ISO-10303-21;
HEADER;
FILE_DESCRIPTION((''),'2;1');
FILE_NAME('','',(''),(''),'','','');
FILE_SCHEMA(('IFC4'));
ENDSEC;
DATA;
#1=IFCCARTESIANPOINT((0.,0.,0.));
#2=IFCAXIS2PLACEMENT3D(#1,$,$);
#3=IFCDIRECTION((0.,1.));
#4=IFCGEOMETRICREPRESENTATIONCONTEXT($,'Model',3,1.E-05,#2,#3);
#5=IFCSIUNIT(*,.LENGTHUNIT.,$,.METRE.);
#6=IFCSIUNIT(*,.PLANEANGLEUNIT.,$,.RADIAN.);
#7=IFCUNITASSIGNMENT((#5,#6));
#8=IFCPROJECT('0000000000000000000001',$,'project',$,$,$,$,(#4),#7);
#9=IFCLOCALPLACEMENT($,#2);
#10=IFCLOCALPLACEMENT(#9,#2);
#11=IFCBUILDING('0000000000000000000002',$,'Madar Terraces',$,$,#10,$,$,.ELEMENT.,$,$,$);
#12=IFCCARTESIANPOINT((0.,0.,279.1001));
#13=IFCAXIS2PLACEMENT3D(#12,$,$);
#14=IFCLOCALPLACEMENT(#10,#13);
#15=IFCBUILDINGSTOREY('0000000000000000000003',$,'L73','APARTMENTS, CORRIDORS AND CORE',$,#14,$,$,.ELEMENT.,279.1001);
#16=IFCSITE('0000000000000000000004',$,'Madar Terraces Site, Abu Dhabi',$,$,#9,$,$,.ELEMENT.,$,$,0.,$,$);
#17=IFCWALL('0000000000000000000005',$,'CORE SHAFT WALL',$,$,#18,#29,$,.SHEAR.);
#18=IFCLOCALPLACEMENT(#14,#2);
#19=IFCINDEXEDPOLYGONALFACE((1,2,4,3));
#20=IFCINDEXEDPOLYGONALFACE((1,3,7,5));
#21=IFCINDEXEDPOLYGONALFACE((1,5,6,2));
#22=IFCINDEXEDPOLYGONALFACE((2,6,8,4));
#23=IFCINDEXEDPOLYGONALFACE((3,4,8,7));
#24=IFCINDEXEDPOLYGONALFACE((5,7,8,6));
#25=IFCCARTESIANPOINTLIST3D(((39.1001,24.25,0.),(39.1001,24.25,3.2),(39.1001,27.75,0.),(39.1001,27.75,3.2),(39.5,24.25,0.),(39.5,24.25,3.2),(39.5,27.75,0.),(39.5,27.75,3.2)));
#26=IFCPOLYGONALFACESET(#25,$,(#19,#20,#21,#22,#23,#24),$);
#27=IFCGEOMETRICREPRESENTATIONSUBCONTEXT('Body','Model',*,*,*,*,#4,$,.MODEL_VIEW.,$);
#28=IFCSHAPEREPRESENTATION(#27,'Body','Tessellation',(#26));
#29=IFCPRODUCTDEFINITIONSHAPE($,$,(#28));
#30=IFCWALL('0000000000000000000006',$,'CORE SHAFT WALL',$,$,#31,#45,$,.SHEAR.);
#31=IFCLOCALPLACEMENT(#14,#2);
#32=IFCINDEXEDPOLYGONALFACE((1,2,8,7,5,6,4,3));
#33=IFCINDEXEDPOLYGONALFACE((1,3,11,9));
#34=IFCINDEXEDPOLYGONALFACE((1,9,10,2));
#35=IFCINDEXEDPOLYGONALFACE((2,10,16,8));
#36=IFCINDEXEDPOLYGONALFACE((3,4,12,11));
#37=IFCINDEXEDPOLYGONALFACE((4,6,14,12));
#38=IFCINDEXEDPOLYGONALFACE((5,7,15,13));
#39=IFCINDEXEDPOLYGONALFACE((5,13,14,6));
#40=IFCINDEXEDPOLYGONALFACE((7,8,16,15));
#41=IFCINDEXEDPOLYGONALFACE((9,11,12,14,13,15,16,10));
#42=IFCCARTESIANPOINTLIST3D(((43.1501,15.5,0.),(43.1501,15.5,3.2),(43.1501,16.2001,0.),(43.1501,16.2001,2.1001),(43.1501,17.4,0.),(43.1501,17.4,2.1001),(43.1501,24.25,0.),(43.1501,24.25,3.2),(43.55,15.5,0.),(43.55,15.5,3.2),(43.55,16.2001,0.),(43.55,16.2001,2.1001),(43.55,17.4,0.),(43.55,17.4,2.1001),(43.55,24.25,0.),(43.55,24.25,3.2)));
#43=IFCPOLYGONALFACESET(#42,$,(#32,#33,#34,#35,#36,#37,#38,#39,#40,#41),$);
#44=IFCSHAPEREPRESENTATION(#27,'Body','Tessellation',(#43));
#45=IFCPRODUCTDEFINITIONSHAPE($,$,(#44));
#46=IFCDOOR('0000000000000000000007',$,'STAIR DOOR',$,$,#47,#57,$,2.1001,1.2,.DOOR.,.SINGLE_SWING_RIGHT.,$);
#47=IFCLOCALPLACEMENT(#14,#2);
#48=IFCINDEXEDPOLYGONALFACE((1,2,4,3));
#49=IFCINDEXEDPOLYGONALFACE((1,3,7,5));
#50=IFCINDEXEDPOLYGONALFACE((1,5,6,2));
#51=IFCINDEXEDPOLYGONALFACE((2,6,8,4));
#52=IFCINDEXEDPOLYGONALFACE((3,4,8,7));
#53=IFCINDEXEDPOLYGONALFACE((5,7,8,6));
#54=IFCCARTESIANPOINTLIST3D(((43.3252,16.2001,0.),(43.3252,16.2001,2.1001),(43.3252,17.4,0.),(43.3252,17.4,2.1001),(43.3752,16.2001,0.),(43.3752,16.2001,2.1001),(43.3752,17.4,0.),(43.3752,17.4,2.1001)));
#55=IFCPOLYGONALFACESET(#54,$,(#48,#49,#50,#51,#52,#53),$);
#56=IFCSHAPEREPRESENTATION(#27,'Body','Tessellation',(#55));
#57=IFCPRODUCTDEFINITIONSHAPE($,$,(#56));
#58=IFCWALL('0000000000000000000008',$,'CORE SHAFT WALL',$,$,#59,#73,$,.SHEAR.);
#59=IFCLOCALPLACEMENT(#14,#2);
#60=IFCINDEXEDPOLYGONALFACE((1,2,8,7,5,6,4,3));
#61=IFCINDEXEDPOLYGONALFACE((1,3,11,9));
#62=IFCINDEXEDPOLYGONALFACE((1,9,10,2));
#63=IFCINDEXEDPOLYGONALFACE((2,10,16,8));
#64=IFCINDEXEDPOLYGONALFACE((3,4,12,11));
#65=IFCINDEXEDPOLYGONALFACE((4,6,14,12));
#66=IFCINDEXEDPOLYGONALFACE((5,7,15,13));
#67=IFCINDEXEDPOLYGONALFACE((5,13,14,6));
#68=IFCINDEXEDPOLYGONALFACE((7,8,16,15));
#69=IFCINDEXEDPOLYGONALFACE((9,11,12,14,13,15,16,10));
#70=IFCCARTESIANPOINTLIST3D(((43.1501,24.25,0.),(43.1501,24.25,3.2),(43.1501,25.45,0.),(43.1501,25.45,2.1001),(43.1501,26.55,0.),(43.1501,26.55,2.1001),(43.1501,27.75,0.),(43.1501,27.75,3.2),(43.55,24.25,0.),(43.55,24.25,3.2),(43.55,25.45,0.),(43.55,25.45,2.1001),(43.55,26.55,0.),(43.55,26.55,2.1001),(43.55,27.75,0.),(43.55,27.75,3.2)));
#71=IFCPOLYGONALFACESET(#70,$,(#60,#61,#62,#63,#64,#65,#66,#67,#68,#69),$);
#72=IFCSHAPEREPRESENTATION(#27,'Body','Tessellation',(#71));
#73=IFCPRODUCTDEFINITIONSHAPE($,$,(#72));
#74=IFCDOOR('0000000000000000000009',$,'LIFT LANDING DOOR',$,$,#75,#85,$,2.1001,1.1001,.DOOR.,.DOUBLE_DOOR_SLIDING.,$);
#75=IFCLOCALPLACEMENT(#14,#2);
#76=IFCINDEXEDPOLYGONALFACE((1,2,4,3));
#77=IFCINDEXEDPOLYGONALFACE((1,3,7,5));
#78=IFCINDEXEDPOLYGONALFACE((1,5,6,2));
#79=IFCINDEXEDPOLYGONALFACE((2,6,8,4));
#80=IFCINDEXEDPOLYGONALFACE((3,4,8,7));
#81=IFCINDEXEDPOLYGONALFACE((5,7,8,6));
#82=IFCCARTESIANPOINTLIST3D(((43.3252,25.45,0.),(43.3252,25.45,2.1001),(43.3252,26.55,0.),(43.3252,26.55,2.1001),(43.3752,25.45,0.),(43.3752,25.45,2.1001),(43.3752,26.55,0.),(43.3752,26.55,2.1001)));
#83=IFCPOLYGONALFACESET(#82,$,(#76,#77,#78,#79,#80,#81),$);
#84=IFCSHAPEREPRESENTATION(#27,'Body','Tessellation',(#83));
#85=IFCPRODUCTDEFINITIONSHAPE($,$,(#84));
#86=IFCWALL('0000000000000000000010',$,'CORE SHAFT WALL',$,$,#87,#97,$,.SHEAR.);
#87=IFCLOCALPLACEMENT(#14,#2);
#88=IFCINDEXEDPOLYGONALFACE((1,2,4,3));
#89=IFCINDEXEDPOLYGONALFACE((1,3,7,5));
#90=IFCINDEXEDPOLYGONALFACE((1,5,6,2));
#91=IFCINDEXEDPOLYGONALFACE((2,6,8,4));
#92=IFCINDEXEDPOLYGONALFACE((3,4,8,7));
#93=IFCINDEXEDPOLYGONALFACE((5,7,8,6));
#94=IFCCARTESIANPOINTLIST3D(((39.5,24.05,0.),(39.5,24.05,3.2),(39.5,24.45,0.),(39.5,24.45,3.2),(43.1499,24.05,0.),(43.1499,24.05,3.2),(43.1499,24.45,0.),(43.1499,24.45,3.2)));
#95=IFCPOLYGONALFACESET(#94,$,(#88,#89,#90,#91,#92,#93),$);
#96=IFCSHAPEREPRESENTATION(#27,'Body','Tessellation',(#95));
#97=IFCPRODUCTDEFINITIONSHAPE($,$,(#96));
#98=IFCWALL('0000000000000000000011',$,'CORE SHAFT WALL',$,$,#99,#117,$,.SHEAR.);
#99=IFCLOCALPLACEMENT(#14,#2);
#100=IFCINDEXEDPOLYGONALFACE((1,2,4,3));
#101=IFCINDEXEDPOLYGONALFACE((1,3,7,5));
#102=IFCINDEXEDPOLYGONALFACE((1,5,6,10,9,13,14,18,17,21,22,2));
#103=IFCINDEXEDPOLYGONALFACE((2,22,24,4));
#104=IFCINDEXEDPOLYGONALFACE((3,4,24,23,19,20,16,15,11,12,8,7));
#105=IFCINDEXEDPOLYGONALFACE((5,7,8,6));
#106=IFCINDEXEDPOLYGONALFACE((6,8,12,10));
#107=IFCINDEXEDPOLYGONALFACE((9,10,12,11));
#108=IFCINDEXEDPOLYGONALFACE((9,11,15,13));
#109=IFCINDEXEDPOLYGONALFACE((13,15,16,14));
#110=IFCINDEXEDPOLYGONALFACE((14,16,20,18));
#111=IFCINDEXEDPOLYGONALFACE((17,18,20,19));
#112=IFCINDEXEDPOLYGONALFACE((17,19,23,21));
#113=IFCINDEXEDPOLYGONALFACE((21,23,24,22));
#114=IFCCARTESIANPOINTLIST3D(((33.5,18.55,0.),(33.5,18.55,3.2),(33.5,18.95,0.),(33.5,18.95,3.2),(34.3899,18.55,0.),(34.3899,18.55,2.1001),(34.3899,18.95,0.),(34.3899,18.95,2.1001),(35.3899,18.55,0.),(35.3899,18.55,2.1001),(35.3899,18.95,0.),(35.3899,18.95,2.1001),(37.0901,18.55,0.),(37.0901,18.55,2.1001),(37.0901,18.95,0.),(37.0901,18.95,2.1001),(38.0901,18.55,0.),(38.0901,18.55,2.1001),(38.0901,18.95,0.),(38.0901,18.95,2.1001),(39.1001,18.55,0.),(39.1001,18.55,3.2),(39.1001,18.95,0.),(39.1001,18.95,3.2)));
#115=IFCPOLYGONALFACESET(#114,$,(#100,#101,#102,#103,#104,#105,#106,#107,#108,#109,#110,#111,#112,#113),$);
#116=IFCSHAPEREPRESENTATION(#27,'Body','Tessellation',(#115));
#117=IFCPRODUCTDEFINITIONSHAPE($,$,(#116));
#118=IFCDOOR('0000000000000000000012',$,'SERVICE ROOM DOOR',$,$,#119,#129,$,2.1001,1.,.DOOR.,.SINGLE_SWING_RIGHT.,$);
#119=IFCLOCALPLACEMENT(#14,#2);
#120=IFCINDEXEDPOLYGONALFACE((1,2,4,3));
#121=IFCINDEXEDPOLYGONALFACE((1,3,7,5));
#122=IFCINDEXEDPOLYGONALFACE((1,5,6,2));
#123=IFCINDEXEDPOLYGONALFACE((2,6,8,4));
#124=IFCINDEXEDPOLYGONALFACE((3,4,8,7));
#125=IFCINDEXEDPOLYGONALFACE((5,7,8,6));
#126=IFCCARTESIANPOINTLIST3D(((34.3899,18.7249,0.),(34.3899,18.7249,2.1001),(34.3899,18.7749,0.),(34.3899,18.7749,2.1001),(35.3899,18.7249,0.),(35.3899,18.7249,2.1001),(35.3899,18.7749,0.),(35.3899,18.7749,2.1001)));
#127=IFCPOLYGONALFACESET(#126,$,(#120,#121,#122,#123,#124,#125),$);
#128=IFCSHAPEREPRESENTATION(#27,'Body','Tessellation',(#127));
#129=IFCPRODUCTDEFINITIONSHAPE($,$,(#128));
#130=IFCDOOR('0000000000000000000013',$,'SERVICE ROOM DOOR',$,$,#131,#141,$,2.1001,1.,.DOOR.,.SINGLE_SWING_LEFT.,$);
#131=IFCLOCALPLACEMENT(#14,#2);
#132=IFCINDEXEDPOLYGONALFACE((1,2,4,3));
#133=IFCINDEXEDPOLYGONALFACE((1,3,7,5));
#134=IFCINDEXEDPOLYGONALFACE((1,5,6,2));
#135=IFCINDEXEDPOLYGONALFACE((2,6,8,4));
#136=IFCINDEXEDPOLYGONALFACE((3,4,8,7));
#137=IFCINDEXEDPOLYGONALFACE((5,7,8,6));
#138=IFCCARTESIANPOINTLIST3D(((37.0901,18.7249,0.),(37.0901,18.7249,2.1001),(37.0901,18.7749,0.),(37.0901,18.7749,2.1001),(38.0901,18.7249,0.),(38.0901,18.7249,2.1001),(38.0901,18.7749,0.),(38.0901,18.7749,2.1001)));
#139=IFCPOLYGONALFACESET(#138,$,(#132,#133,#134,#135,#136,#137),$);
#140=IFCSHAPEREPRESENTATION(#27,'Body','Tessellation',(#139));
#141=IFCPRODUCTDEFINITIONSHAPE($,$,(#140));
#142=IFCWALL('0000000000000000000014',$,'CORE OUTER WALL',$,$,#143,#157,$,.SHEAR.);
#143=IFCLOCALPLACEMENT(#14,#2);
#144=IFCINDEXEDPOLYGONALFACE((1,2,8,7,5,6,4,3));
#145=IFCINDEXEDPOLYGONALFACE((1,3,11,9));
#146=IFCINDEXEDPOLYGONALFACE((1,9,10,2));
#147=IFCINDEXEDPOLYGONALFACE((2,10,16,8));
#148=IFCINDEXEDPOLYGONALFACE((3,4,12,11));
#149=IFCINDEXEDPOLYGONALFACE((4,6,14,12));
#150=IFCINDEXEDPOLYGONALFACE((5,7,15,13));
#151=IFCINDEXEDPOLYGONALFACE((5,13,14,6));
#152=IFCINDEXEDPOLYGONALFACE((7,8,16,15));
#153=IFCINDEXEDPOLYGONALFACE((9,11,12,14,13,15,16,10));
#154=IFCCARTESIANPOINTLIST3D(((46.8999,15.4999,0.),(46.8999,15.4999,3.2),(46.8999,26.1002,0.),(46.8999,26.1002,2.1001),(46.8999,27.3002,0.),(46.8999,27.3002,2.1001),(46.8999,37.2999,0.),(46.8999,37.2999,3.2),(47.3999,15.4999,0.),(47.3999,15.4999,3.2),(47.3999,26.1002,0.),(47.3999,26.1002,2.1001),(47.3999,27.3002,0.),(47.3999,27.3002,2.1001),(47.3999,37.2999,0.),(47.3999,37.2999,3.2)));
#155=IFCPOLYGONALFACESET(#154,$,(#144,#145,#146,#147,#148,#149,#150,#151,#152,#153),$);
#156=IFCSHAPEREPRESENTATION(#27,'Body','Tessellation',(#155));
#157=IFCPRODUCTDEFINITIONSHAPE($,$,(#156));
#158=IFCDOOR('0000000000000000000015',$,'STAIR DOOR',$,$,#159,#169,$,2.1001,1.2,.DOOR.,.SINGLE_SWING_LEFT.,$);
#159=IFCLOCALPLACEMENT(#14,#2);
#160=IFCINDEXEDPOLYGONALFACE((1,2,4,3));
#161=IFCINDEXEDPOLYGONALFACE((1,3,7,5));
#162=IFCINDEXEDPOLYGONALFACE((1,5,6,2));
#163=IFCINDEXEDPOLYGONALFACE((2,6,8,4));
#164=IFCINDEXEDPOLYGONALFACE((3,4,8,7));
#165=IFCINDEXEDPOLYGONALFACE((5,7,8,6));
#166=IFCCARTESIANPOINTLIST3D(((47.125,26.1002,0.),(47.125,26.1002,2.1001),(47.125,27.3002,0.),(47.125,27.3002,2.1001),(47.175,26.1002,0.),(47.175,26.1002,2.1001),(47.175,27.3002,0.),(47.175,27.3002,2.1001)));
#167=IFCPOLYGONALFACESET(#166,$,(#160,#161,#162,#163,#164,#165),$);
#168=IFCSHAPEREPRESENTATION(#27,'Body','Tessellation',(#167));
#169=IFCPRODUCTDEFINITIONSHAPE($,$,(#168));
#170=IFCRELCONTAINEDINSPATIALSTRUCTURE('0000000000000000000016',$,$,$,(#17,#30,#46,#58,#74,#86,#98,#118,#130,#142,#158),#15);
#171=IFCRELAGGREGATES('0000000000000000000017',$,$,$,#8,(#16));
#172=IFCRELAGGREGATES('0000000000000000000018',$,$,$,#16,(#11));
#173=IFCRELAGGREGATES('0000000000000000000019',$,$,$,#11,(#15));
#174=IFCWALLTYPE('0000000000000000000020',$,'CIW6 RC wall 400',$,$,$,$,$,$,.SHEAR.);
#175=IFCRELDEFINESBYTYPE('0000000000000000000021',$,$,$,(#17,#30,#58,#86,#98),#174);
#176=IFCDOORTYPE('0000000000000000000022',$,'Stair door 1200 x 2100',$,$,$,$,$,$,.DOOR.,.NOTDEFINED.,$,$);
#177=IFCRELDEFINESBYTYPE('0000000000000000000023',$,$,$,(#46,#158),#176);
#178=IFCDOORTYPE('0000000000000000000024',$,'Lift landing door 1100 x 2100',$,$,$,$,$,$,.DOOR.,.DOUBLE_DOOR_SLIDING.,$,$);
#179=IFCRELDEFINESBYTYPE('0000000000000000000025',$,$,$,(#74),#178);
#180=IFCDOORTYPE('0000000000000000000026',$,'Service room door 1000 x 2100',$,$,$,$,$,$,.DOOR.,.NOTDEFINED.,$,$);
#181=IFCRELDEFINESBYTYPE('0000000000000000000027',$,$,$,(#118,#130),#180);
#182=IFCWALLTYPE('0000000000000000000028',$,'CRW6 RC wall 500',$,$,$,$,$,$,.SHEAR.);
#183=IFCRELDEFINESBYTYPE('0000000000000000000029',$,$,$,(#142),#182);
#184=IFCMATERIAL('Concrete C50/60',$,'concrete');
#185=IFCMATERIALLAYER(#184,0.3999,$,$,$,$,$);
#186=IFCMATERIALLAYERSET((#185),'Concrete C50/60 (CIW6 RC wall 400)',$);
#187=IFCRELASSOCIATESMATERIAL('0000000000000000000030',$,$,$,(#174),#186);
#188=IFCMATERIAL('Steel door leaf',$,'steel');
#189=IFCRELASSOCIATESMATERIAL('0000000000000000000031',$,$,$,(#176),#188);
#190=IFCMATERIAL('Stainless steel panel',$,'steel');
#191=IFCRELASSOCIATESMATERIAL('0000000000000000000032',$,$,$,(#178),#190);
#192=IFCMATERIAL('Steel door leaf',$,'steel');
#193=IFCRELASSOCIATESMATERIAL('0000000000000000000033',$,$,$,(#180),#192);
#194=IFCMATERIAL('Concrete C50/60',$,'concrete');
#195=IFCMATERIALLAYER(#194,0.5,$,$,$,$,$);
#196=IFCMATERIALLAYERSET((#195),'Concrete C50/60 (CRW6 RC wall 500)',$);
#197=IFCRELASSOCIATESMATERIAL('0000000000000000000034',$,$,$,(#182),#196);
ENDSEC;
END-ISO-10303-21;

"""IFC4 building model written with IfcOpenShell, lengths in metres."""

from ifc_helpers import new_model, si_unit, direction, frame, frame_2d, origin, place, context, subcontext, project, spatial, rectangle, extrude, material, layer, layer_set, type_object, element, fill, save


model = new_model("IFC4")

# Units and contexts
model_context = context("Model", 3, precision=1e-05, world=origin(), true_north=direction((0.0, 1.0)))
body_context = subcontext(model_context, "Body", "Model", "MODEL_VIEW")
ifc_project = project(units=[si_unit("LENGTHUNIT", "METRE"), si_unit("PLANEANGLEUNIT", "RADIAN")], contexts=[model_context])

# Site, building, storey
site_placement = place(None, origin())
site = spatial("IfcSite", under=ifc_project, at=site_placement, Name="Madar Terraces Site, Abu Dhabi", CompositionType="ELEMENT", RefElevation=0.0)
building_placement = place(site_placement, origin())
building = spatial("IfcBuilding", under=site, at=building_placement, Name="Madar Terraces", CompositionType="ELEMENT")
storey_placement = place(building_placement, frame((0.0, 0.0, 279.1001)))
storey = spatial("IfcBuildingStorey", under=building, at=storey_placement, Name="L73", Description="APARTMENTS, CORRIDORS AND CORE", CompositionType="ELEMENT", Elevation=279.1001)

# Wall
ifc_material_1 = material(Name="Concrete C50/60", Category="concrete")
ifc_layer_1 = layer(ifc_material_1, 0.3999)
ifc_layer_set_1 = layer_set([ifc_layer_1], Name="Concrete C50/60 (CIW6 RC wall 400)")
wall_type_1 = type_object("IfcWallType", Name="CIW6 RC wall 400", PredefinedType="SHEAR", material=ifc_layer_set_1)
wall_1_placement = place(storey_placement, frame((39.3, 24.25, 0.0), z_axis=(0.0, 0.0, 1.0), x_axis=(0.0, 1.0, 0.0)))
element("IfcWall", 1, at=wall_1_placement, inside=storey, type_object=wall_type_1, Name="CORE SHAFT WALL", PredefinedType="SHEAR", context=body_context, shape_type="SweptSolid", body=[
    extrude(rectangle(XDim=3.5, YDim=0.3999, at=frame_2d((1.75, 0.0))), origin(), (0.0, 0.0, 1.0), 3.2),
])

# Walls, openings, doors
wall_2_placement = place(storey_placement, frame((43.3501, 15.5, 0.0), z_axis=(0.0, 0.0, 1.0), x_axis=(0.0, 1.0, 0.0)))
wall_2 = element("IfcWall", 2, at=wall_2_placement, inside=storey, type_object=wall_type_1, Name="CORE SHAFT WALL", PredefinedType="SHEAR", context=body_context, shape_type="SweptSolid", body=[
    extrude(rectangle(XDim=8.75, YDim=0.3999, at=frame_2d((4.375, 0.0))), origin(), (0.0, 0.0, 1.0), 3.2),
])
opening_1_placement = place(wall_2_placement, frame((0.7, 0.0, 0.0)))
opening_1 = element("IfcOpeningElement", 3, at=opening_1_placement, cuts=wall_2, PredefinedType="OPENING", context=body_context, shape_type="SweptSolid", body=[
    extrude(rectangle(XDim=1.2, YDim=2.1001, at=frame_2d((0.6001, 1.05))), frame((0.0, 0.21, 0.0), z_axis=(0.0, -1.0, 0.0), x_axis=(1.0, 0.0, 0.0)), (0.0, 0.0, 1.0), 0.4199),
])
ifc_material_2 = material(Name="Steel door leaf", Category="steel")
door_type_1 = type_object("IfcDoorType", Name="Stair door 1200 x 2100", OperationType="NOTDEFINED", PredefinedType="DOOR", material=ifc_material_2)
door_1_placement = place(opening_1_placement, origin())
door_1 = element("IfcDoor", 4, at=door_1_placement, inside=storey, type_object=door_type_1, Name="STAIR DOOR", OperationType="SINGLE_SWING_RIGHT", OverallHeight=2.1001, OverallWidth=1.2, PredefinedType="DOOR", context=body_context, shape_type="SweptSolid", body=[
    extrude(rectangle(XDim=1.2, YDim=2.1001, at=frame_2d((0.6001, 1.05))), frame((0.0, 0.0249, 0.0), z_axis=(0.0, -1.0, 0.0), x_axis=(1.0, 0.0, 0.0)), (0.0, 0.0, 1.0), 0.05),
])
fill(opening_1, door_1)
wall_3_placement = place(storey_placement, frame((43.3501, 24.25, 0.0), z_axis=(0.0, 0.0, 1.0), x_axis=(0.0, 1.0, 0.0)))
wall_3 = element("IfcWall", 5, at=wall_3_placement, inside=storey, type_object=wall_type_1, Name="CORE SHAFT WALL", PredefinedType="SHEAR", context=body_context, shape_type="SweptSolid", body=[
    extrude(rectangle(XDim=3.5, YDim=0.3999, at=frame_2d((1.75, 0.0))), origin(), (0.0, 0.0, 1.0), 3.2),
])
opening_2_placement = place(wall_3_placement, frame((1.2, 0.0, 0.0)))
opening_2 = element("IfcOpeningElement", 6, at=opening_2_placement, cuts=wall_3, PredefinedType="OPENING", context=body_context, shape_type="SweptSolid", body=[
    extrude(rectangle(XDim=1.1001, YDim=2.1001, at=frame_2d((0.55, 1.05))), frame((0.0, 0.21, 0.0), z_axis=(0.0, -1.0, 0.0), x_axis=(1.0, 0.0, 0.0)), (0.0, 0.0, 1.0), 0.4199),
])
ifc_material_3 = material(Name="Stainless steel panel", Category="steel")
door_type_2 = type_object("IfcDoorType", Name="Lift landing door 1100 x 2100", OperationType="DOUBLE_DOOR_SLIDING", PredefinedType="DOOR", material=ifc_material_3)
door_2_placement = place(opening_2_placement, origin())
door_2 = element("IfcDoor", 7, at=door_2_placement, inside=storey, type_object=door_type_2, Name="LIFT LANDING DOOR", OperationType="DOUBLE_DOOR_SLIDING", OverallHeight=2.1001, OverallWidth=1.1001, PredefinedType="DOOR", context=body_context, shape_type="SweptSolid", body=[
    extrude(rectangle(XDim=1.1001, YDim=2.1001, at=frame_2d((0.55, 1.05))), frame((0.0, 0.0249, 0.0), z_axis=(0.0, -1.0, 0.0), x_axis=(1.0, 0.0, 0.0)), (0.0, 0.0, 1.0), 0.05),
])
fill(opening_2, door_2)

# Wall
wall_4_placement = place(storey_placement, frame((39.5, 24.25, 0.0), z_axis=(0.0, 0.0, 1.0), x_axis=(1.0, 0.0, 0.0)))
element("IfcWall", 8, at=wall_4_placement, inside=storey, type_object=wall_type_1, Name="CORE SHAFT WALL", PredefinedType="SHEAR", context=body_context, shape_type="SweptSolid", body=[
    extrude(rectangle(XDim=3.6499, YDim=0.3999, at=frame_2d((1.825, 0.0))), origin(), (0.0, 0.0, 1.0), 3.2),
])

# Wall, openings, doors
wall_5_placement = place(storey_placement, frame((33.5, 18.75, 0.0), z_axis=(0.0, 0.0, 1.0), x_axis=(1.0, 0.0, 0.0)))
wall_5 = element("IfcWall", 9, at=wall_5_placement, inside=storey, type_object=wall_type_1, Name="CORE SHAFT WALL", PredefinedType="SHEAR", context=body_context, shape_type="SweptSolid", body=[
    extrude(rectangle(XDim=5.6001, YDim=0.3999, at=frame_2d((2.8, 0.0))), origin(), (0.0, 0.0, 1.0), 3.2),
])
opening_3_placement = place(wall_5_placement, frame((0.8899, 0.0, 0.0)))
opening_3 = element("IfcOpeningElement", 10, at=opening_3_placement, cuts=wall_5, PredefinedType="OPENING", context=body_context, shape_type="SweptSolid", body=[
    extrude(rectangle(XDim=1.0, YDim=2.1001, at=frame_2d((0.5, 1.05))), frame((0.0, 0.21, 0.0), z_axis=(0.0, -1.0, 0.0), x_axis=(1.0, 0.0, 0.0)), (0.0, 0.0, 1.0), 0.4199),
])
opening_4_placement = place(wall_5_placement, frame((3.5901, 0.0, 0.0)))
opening_4 = element("IfcOpeningElement", 11, at=opening_4_placement, cuts=wall_5, PredefinedType="OPENING", context=body_context, shape_type="SweptSolid", body=[
    extrude(rectangle(XDim=1.0, YDim=2.1001, at=frame_2d((0.5, 1.05))), frame((0.0, 0.21, 0.0), z_axis=(0.0, -1.0, 0.0), x_axis=(1.0, 0.0, 0.0)), (0.0, 0.0, 1.0), 0.4199),
])
ifc_material_4 = material(Name="Steel door leaf", Category="steel")
door_type_3 = type_object("IfcDoorType", Name="Service room door 1000 x 2100", OperationType="NOTDEFINED", PredefinedType="DOOR", material=ifc_material_4)
door_3_placement = place(opening_3_placement, origin())
door_3 = element("IfcDoor", 12, at=door_3_placement, inside=storey, type_object=door_type_3, Name="SERVICE ROOM DOOR", OperationType="SINGLE_SWING_RIGHT", OverallHeight=2.1001, OverallWidth=1.0, PredefinedType="DOOR", context=body_context, shape_type="SweptSolid", body=[
    extrude(rectangle(XDim=1.0, YDim=2.1001, at=frame_2d((0.5, 1.05))), frame((0.0, 0.0249, 0.0), z_axis=(0.0, -1.0, 0.0), x_axis=(1.0, 0.0, 0.0)), (0.0, 0.0, 1.0), 0.05),
])
fill(opening_3, door_3)
door_4_placement = place(opening_4_placement, origin())
door_4 = element("IfcDoor", 13, at=door_4_placement, inside=storey, type_object=door_type_3, Name="SERVICE ROOM DOOR", OperationType="SINGLE_SWING_LEFT", OverallHeight=2.1001, OverallWidth=1.0, PredefinedType="DOOR", context=body_context, shape_type="SweptSolid", body=[
    extrude(rectangle(XDim=1.0, YDim=2.1001, at=frame_2d((0.5, 1.05))), frame((0.0, 0.0249, 0.0), z_axis=(0.0, -1.0, 0.0), x_axis=(1.0, 0.0, 0.0)), (0.0, 0.0, 1.0), 0.05),
])
fill(opening_4, door_4)

# Wall, opening, door
ifc_material_5 = material(Name="Concrete C50/60", Category="concrete")
ifc_layer_2 = layer(ifc_material_5, 0.5)
ifc_layer_set_2 = layer_set([ifc_layer_2], Name="Concrete C50/60 (CRW6 RC wall 500)")
wall_type_2 = type_object("IfcWallType", Name="CRW6 RC wall 500", PredefinedType="SHEAR", material=ifc_layer_set_2)
wall_6_placement = place(storey_placement, frame((47.1499, 15.5, 0.0), z_axis=(0.0, 0.0, 1.0), x_axis=(0.0, 1.0, 0.0)))
wall_6 = element("IfcWall", 14, at=wall_6_placement, inside=storey, type_object=wall_type_2, Name="CORE OUTER WALL", PredefinedType="SHEAR", context=body_context, shape_type="SweptSolid", body=[
    extrude(rectangle(XDim=21.8, YDim=0.5, at=frame_2d((10.8999, 0.0))), origin(), (0.0, 0.0, 1.0), 3.2),
])
opening_5_placement = place(wall_6_placement, frame((10.6001, 0.0, 0.0)))
opening_5 = element("IfcOpeningElement", 15, at=opening_5_placement, cuts=wall_6, PredefinedType="OPENING", context=body_context, shape_type="SweptSolid", body=[
    extrude(rectangle(XDim=1.2, YDim=2.1001, at=frame_2d((0.6001, 1.05))), frame((0.0, 0.26, 0.0), z_axis=(0.0, -1.0, 0.0), x_axis=(1.0, 0.0, 0.0)), (0.0, 0.0, 1.0), 0.52),
])
door_5_placement = place(opening_5_placement, origin())
door_5 = element("IfcDoor", 16, at=door_5_placement, inside=storey, type_object=door_type_1, Name="STAIR DOOR", OperationType="SINGLE_SWING_LEFT", OverallHeight=2.1001, OverallWidth=1.2, PredefinedType="DOOR", context=body_context, shape_type="SweptSolid", body=[
    extrude(rectangle(XDim=1.2, YDim=2.1001, at=frame_2d((0.6001, 1.05))), frame((0.0, 0.0249, 0.0), z_axis=(0.0, -1.0, 0.0), x_axis=(1.0, 0.0, 0.0)), (0.0, 0.0, 1.0), 0.05),
])
fill(opening_5, door_5)

save(model, "model.ifc")
